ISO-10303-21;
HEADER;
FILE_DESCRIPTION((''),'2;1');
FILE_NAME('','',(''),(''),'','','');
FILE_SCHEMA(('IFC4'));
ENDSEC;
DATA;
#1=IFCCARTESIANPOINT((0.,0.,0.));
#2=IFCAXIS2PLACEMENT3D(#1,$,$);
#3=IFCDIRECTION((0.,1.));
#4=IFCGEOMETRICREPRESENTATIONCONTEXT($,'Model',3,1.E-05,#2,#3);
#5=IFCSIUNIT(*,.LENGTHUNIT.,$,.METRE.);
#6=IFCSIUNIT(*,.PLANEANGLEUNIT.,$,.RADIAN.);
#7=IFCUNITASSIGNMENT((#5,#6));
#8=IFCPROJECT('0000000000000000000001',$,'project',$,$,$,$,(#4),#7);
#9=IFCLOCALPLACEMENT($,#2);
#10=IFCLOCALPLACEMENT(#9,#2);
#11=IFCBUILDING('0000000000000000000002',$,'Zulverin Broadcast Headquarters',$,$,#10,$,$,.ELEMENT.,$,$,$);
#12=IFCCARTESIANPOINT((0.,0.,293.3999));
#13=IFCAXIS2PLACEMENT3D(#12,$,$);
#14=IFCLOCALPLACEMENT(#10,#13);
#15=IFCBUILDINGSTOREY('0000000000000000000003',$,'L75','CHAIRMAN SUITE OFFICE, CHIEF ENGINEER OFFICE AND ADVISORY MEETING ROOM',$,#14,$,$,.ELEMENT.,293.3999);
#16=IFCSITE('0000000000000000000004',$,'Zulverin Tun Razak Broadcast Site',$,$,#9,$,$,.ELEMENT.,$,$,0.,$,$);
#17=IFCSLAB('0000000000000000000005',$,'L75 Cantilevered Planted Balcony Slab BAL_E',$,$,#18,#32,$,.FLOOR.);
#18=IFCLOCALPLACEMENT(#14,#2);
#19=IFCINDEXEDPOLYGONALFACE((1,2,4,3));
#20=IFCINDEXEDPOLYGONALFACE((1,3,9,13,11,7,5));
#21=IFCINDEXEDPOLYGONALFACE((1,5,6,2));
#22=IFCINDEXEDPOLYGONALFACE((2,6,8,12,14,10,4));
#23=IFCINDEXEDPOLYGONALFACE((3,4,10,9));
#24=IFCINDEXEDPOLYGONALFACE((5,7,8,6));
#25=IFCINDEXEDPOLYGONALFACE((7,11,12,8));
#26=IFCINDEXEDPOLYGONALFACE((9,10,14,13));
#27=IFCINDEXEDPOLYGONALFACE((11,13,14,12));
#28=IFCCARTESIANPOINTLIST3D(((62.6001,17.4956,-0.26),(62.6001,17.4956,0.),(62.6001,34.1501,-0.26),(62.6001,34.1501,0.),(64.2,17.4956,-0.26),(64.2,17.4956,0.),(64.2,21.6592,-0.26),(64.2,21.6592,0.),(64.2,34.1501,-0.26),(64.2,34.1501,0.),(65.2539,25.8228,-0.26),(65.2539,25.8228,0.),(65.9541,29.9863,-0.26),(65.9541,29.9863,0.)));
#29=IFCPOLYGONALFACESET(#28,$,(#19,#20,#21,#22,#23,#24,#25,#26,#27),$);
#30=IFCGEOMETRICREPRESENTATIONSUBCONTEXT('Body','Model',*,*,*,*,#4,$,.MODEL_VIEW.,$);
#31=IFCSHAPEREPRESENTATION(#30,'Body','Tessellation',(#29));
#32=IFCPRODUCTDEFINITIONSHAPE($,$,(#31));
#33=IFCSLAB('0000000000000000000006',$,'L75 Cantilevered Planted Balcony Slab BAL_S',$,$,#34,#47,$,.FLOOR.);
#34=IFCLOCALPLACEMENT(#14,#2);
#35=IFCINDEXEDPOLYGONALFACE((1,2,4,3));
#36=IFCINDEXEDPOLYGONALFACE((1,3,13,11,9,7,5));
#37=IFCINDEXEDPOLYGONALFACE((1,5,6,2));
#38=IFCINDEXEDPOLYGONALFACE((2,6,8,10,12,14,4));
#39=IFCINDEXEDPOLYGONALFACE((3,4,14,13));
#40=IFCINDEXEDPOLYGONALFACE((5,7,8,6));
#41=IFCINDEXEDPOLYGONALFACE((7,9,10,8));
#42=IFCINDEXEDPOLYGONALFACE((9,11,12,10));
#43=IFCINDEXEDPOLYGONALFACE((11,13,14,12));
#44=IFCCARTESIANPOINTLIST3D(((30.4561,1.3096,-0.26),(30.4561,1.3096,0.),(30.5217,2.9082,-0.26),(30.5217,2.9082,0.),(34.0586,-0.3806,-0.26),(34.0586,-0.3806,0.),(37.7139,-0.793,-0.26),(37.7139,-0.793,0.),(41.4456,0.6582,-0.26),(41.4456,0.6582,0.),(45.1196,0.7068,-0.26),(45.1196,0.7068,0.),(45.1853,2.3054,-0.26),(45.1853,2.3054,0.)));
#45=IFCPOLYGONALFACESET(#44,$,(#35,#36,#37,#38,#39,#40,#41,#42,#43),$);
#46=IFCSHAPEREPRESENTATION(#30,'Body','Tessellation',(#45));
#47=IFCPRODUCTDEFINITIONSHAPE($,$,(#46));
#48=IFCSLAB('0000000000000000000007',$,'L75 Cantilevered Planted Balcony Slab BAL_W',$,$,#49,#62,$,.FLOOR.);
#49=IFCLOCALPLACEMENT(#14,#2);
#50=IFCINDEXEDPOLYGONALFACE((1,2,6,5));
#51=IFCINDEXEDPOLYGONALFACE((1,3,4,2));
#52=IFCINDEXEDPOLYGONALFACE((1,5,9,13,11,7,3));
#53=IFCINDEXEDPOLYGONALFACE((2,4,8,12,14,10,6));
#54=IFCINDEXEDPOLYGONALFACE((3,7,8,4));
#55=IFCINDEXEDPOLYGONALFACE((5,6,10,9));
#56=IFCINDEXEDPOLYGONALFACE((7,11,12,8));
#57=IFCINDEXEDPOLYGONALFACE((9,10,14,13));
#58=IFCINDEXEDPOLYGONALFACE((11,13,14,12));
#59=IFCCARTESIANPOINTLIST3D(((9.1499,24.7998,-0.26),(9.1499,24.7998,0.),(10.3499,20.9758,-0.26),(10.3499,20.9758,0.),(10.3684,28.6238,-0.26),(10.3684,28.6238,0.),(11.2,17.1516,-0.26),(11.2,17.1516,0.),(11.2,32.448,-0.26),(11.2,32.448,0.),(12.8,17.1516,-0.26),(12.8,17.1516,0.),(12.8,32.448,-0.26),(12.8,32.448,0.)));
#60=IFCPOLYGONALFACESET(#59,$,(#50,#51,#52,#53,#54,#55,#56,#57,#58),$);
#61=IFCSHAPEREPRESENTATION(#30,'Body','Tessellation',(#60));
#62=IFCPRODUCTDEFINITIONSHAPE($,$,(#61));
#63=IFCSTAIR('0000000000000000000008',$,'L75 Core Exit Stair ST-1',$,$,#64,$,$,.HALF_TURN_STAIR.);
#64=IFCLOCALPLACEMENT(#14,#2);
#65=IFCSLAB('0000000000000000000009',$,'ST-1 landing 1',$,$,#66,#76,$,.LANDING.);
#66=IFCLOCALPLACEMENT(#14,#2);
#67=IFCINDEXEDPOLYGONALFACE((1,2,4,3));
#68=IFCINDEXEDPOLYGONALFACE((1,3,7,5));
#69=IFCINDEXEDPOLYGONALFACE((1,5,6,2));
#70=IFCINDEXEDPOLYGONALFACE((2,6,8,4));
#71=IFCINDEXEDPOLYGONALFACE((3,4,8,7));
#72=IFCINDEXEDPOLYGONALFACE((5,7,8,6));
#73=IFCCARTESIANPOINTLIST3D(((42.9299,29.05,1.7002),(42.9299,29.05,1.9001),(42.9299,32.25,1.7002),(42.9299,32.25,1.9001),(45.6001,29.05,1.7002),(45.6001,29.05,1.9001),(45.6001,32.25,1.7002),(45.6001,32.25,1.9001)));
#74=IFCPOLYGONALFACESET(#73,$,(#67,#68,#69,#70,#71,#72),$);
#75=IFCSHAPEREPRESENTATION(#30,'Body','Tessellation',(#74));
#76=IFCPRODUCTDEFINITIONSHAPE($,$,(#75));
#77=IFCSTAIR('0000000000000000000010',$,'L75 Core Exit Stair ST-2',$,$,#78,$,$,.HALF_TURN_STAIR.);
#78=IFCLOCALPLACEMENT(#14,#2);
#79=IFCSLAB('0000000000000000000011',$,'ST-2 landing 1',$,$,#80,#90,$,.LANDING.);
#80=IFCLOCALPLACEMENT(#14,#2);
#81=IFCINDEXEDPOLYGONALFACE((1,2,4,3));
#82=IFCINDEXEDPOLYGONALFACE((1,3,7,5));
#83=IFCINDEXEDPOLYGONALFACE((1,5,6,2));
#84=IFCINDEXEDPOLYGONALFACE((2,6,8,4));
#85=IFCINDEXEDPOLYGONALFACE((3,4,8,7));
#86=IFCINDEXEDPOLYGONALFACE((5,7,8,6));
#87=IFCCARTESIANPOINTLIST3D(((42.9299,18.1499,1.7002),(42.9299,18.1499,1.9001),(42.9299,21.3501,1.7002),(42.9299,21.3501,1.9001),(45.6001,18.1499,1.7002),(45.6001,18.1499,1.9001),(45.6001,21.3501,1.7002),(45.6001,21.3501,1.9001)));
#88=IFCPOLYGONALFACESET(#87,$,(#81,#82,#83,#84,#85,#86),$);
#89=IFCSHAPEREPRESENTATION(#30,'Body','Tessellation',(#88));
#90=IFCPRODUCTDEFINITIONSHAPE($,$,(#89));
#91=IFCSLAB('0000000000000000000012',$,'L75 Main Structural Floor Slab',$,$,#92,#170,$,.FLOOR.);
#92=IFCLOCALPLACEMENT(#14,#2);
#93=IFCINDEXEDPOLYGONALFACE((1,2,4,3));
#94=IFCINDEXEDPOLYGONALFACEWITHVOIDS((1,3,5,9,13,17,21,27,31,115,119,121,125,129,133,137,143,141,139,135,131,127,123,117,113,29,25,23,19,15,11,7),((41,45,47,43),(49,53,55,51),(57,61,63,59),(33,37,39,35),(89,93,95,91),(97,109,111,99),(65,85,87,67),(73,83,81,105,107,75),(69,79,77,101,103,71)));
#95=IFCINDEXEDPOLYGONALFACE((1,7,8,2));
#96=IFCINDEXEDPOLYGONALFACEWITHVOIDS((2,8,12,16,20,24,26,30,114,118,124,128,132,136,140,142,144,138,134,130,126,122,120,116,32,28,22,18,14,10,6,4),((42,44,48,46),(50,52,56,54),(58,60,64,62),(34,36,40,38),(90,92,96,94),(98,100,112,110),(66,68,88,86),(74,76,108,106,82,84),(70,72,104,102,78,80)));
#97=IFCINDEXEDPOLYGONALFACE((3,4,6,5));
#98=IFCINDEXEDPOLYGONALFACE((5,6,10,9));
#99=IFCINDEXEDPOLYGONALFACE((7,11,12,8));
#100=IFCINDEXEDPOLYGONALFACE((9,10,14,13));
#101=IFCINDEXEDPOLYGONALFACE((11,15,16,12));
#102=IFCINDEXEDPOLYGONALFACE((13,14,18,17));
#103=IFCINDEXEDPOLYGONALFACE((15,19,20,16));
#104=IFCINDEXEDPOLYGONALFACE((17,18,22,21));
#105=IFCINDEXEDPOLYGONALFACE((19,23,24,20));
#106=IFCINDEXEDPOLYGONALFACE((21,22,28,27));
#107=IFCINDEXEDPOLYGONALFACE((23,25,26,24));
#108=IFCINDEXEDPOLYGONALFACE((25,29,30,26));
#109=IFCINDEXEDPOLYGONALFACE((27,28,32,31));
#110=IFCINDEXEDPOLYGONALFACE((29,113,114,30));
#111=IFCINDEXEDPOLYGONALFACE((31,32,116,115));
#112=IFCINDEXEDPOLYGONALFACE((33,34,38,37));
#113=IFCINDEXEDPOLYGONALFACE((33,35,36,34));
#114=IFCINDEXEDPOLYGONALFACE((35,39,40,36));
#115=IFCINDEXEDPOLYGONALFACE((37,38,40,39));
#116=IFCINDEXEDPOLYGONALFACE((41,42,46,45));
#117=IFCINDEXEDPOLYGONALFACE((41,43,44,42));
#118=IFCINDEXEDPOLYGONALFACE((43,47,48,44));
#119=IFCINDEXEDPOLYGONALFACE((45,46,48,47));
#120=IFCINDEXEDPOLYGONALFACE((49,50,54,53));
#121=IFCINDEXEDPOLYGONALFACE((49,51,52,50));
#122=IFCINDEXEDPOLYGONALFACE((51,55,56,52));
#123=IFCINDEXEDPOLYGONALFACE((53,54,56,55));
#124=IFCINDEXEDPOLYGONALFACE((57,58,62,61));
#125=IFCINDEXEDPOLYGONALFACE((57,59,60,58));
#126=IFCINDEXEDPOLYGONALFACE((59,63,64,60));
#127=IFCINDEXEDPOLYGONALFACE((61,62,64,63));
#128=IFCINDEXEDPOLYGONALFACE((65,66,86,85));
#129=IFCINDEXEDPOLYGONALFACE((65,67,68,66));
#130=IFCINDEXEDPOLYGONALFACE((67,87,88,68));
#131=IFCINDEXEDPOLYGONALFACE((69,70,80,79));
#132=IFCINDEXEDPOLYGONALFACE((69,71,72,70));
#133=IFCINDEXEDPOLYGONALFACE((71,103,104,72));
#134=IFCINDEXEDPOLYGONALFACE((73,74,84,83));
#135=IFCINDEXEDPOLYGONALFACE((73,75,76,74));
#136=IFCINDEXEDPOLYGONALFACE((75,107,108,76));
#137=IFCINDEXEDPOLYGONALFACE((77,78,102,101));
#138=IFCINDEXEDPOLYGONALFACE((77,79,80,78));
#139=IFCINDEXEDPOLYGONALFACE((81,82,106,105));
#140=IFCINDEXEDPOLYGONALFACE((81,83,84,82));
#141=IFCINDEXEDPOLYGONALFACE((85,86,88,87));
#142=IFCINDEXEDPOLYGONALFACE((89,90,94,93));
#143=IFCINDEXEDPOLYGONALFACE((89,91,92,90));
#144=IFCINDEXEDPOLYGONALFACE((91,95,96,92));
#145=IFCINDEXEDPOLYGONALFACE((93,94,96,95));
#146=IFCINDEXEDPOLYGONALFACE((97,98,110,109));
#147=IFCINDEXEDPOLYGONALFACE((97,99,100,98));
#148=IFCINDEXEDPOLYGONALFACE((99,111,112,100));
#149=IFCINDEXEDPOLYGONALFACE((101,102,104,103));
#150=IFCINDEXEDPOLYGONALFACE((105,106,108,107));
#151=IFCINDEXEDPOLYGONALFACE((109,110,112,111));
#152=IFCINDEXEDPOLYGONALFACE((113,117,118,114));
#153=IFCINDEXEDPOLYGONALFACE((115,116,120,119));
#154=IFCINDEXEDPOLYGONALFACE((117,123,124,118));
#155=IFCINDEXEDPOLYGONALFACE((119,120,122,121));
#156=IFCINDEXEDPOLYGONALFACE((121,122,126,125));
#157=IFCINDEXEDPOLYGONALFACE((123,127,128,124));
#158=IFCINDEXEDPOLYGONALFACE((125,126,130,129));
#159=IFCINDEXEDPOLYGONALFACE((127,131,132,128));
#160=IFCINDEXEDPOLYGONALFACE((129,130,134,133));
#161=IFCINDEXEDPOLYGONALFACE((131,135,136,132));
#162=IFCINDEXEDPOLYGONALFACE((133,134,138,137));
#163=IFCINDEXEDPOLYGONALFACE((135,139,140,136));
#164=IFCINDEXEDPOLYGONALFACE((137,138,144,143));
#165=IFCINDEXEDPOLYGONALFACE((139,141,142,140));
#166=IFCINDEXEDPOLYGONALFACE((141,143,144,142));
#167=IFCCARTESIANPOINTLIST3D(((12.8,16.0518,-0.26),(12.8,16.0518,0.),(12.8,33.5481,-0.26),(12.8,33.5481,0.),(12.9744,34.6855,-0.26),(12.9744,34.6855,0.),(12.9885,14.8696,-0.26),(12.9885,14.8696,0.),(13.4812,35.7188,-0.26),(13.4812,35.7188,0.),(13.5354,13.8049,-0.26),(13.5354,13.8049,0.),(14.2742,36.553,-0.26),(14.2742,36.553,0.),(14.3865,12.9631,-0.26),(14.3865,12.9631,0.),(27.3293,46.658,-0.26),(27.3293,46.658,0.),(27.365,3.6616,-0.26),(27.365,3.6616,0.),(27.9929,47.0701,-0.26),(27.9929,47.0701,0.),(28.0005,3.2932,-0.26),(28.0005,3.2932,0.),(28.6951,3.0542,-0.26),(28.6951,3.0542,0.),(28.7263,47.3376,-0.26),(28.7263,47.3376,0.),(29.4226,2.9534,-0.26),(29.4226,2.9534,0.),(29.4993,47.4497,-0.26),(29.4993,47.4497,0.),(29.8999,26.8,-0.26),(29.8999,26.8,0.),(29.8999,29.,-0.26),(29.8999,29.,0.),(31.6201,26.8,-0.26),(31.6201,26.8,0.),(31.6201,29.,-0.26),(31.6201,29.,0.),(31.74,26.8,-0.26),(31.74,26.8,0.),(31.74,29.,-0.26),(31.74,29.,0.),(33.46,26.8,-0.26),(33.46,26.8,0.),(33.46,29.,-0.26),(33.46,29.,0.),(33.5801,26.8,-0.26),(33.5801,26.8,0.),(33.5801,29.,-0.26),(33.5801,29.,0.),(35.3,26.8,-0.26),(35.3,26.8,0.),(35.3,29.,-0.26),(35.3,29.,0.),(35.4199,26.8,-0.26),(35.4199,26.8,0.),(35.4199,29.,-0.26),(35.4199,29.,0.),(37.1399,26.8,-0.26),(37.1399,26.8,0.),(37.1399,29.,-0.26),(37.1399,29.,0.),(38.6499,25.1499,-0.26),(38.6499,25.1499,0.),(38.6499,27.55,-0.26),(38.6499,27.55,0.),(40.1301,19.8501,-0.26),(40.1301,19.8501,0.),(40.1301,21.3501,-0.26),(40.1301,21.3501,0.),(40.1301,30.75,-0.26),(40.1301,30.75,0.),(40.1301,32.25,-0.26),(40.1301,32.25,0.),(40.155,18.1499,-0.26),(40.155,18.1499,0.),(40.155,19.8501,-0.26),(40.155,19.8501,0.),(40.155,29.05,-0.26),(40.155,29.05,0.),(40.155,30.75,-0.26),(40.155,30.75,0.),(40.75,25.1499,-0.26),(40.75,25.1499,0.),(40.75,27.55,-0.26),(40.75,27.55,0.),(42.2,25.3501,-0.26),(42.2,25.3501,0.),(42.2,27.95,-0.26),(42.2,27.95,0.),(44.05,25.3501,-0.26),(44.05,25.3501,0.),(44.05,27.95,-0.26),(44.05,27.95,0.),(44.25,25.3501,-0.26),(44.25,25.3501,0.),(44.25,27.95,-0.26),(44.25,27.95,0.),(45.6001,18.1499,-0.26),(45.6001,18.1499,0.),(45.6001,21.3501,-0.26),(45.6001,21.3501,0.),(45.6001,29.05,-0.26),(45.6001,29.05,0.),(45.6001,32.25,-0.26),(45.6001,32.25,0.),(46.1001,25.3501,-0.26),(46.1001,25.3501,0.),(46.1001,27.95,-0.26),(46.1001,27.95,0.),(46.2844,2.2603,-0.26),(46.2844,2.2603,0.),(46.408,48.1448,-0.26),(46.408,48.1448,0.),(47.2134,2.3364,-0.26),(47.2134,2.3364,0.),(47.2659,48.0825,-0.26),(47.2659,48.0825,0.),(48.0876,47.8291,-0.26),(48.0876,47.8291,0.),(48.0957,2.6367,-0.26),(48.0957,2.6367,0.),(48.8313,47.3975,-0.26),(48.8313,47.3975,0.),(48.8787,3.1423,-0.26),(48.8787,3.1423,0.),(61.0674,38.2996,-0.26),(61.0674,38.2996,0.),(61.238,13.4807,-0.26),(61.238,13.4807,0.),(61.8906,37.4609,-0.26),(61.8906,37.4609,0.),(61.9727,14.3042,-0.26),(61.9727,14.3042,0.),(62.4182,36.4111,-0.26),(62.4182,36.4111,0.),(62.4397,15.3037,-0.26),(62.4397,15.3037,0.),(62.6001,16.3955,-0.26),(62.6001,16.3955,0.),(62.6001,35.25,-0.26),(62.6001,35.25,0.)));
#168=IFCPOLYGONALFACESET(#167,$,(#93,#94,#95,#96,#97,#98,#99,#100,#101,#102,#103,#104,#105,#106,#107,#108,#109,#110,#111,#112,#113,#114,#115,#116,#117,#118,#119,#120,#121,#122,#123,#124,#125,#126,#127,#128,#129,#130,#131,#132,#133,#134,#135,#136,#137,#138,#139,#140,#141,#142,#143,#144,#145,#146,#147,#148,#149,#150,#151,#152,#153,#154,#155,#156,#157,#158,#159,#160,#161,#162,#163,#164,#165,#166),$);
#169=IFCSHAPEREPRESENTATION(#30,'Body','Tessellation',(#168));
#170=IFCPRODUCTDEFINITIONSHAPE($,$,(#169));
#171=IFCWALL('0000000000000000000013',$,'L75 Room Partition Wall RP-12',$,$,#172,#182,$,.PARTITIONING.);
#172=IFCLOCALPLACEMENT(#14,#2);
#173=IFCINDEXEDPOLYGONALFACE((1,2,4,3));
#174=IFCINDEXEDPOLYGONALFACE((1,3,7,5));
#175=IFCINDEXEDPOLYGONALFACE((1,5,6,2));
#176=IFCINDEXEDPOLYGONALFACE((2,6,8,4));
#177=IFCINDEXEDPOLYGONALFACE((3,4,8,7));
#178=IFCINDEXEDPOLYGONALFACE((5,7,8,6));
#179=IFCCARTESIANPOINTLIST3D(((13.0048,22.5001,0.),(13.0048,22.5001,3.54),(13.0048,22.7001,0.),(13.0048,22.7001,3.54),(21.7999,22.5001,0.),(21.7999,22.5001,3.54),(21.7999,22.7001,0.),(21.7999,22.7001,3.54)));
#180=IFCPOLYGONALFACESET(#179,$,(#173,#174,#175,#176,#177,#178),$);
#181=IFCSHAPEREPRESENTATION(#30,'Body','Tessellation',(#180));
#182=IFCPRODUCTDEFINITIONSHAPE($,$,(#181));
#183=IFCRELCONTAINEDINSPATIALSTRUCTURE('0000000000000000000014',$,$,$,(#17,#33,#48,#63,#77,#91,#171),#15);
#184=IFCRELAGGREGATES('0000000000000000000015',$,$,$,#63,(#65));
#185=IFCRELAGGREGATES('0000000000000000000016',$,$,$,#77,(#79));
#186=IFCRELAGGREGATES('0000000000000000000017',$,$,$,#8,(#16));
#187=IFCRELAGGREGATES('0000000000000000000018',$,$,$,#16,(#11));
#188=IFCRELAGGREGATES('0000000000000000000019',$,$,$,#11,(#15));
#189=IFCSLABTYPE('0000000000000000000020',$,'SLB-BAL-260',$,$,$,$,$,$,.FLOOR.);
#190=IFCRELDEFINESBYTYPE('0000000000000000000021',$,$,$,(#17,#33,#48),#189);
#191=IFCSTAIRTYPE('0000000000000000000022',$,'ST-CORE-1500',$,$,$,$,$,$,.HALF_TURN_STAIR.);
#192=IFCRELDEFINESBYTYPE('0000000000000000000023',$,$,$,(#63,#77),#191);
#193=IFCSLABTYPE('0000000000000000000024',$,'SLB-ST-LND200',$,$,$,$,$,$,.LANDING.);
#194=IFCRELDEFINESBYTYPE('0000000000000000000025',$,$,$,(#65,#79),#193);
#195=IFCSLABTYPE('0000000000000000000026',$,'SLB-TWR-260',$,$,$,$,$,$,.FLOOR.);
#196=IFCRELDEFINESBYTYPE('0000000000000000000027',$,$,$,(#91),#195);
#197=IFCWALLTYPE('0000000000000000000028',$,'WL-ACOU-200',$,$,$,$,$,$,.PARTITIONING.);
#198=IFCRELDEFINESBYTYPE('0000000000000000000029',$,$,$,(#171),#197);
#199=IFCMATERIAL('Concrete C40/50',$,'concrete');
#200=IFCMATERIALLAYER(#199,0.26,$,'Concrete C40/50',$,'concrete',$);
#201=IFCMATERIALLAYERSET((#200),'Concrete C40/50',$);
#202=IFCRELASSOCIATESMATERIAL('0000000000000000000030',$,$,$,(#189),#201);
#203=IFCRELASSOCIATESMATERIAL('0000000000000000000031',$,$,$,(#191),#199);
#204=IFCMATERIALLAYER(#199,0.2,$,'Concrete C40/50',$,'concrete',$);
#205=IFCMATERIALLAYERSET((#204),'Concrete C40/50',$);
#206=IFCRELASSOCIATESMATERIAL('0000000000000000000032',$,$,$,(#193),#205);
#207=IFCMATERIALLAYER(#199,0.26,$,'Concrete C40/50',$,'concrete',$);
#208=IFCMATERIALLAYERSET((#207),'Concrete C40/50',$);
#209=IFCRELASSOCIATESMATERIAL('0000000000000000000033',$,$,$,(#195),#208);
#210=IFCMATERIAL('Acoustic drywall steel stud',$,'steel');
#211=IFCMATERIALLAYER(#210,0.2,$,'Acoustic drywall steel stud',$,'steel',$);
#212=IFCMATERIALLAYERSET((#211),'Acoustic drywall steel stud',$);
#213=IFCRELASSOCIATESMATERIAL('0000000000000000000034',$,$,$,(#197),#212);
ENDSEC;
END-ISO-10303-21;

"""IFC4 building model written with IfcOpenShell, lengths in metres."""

from ifc_helpers import new_model, si_unit, direction, frame, frame_2d, origin, place, context, subcontext, project, spatial, polyline, rectangle, outline, extrude, material, layer, layer_set, type_object, element, aggregate, save


model = new_model("IFC4")

# Units and contexts
model_context = context("Model", 3, precision=1e-05, world=origin(), true_north=direction((0.0, 1.0)))
body_context = subcontext(model_context, "Body", "Model", "MODEL_VIEW")
ifc_project = project(units=[si_unit("LENGTHUNIT", "METRE"), si_unit("PLANEANGLEUNIT", "RADIAN")], contexts=[model_context])

# Site, building, storey
site_placement = place(None, origin())
site = spatial("IfcSite", under=ifc_project, at=site_placement, Name="Zulverin Tun Razak Broadcast Site", CompositionType="ELEMENT", RefElevation=0.0)
building_placement = place(site_placement, origin())
building = spatial("IfcBuilding", under=site, at=building_placement, Name="Zulverin Broadcast Headquarters", CompositionType="ELEMENT")
storey_placement = place(building_placement, frame((0.0, 0.0, 293.3999)))
storey = spatial("IfcBuildingStorey", under=building, at=storey_placement, Name="L75", Description="CHAIRMAN SUITE OFFICE, CHIEF ENGINEER OFFICE AND ADVISORY MEETING ROOM", CompositionType="ELEMENT", Elevation=293.3999)

# Slabs
ifc_material_1 = material(Name="Concrete C40/50", Category="concrete")
ifc_layer_1 = layer(ifc_material_1, 0.26, Name="Concrete C40/50", Category="concrete")
ifc_layer_set_1 = layer_set([ifc_layer_1], Name="Concrete C40/50")
slab_type_1 = type_object("IfcSlabType", Name="SLB-BAL-260", PredefinedType="FLOOR", material=ifc_layer_set_1)
slab_1_placement = place(storey_placement, frame((0.0, 0.0, -0.26)))
element("IfcSlab", 1, at=slab_1_placement, inside=storey, type_object=slab_type_1, Name="L75 Cantilevered Planted Balcony Slab BAL_E", PredefinedType="FLOOR", context=body_context, shape_type="SweptSolid", body=[
    extrude(outline(polyline([(62.6001, 34.1501), (62.6001, 17.4956), (64.2, 17.4956), (64.2, 21.6592), (65.2539, 25.8228), (65.9541, 29.9863), (64.2, 34.1501), (62.6001, 34.1501)])), origin(), (0.0, 0.0, 1.0), 0.26),
])
slab_2_placement = place(storey_placement, frame((0.0, 0.0, -0.26)))
element("IfcSlab", 2, at=slab_2_placement, inside=storey, type_object=slab_type_1, Name="L75 Cantilevered Planted Balcony Slab BAL_S", PredefinedType="FLOOR", context=body_context, shape_type="SweptSolid", body=[
    extrude(outline(polyline([(45.1853, 2.3054), (30.5217, 2.9082), (30.4561, 1.3096), (34.0586, -0.3806), (37.7139, -0.793), (41.4456, 0.6582), (45.1196, 0.7068), (45.1853, 2.3054)])), origin(), (0.0, 0.0, 1.0), 0.26),
])
slab_3_placement = place(storey_placement, frame((0.0, 0.0, -0.26)))
element("IfcSlab", 3, at=slab_3_placement, inside=storey, type_object=slab_type_1, Name="L75 Cantilevered Planted Balcony Slab BAL_W", PredefinedType="FLOOR", context=body_context, shape_type="SweptSolid", body=[
    extrude(outline(polyline([(12.8, 17.1516), (12.8, 32.448), (11.2, 32.448), (10.3684, 28.6238), (9.1499, 24.7998), (10.3499, 20.9758), (11.2, 17.1516), (12.8, 17.1516)])), origin(), (0.0, 0.0, 1.0), 0.26),
])

# Stairs, slabs
stair_type = type_object("IfcStairType", Name="ST-CORE-1500", PredefinedType="HALF_TURN_STAIR", material=ifc_material_1)
stair_1_placement = place(storey_placement, origin())
stair_1 = element("IfcStair", 4, at=stair_1_placement, inside=storey, type_object=stair_type, Name="L75 Core Exit Stair ST-1", PredefinedType="HALF_TURN_STAIR")
ifc_layer_2 = layer(ifc_material_1, 0.2, Name="Concrete C40/50", Category="concrete")
ifc_layer_set_2 = layer_set([ifc_layer_2], Name="Concrete C40/50")
slab_type_2 = type_object("IfcSlabType", Name="SLB-ST-LND200", PredefinedType="LANDING", material=ifc_layer_set_2)
slab_4_placement = place(storey_placement, frame((0.0, 0.0, 1.7002)))
slab_4 = element("IfcSlab", 5, at=slab_4_placement, type_object=slab_type_2, Name="ST-1 landing 1", PredefinedType="LANDING", context=body_context, shape_type="SweptSolid", body=[
    extrude(outline(polyline([(42.9299, 29.05), (45.6001, 29.05), (45.6001, 32.25), (42.9299, 32.25), (42.9299, 29.05)])), origin(), (0.0, 0.0, 1.0), 0.2),
])
aggregate(stair_1, [slab_4])
stair_2_placement = place(storey_placement, origin())
stair_2 = element("IfcStair", 6, at=stair_2_placement, inside=storey, type_object=stair_type, Name="L75 Core Exit Stair ST-2", PredefinedType="HALF_TURN_STAIR")
slab_5_placement = place(storey_placement, frame((0.0, 0.0, 1.7002)))
slab_5 = element("IfcSlab", 7, at=slab_5_placement, type_object=slab_type_2, Name="ST-2 landing 1", PredefinedType="LANDING", context=body_context, shape_type="SweptSolid", body=[
    extrude(outline(polyline([(42.9299, 18.1499), (45.6001, 18.1499), (45.6001, 21.3501), (42.9299, 21.3501), (42.9299, 18.1499)])), origin(), (0.0, 0.0, 1.0), 0.2),
])
aggregate(stair_2, [slab_5])

# Slab
ifc_layer_3 = layer(ifc_material_1, 0.26, Name="Concrete C40/50", Category="concrete")
ifc_layer_set_3 = layer_set([ifc_layer_3], Name="Concrete C40/50")
slab_type_3 = type_object("IfcSlabType", Name="SLB-TWR-260", PredefinedType="FLOOR", material=ifc_layer_set_3)
slab_6_placement = place(storey_placement, frame((0.0, 0.0, -0.26)))
element("IfcSlab", 8, at=slab_6_placement, inside=storey, type_object=slab_type_3, Name="L75 Main Structural Floor Slab", PredefinedType="FLOOR", context=body_context, shape_type="SweptSolid", body=[
    extrude(outline(polyline([(27.365, 3.6616), (28.0005, 3.2932), (28.6951, 3.0542), (29.4226, 2.9534), (46.2844, 2.2603), (47.2134, 2.3364), (48.0957, 2.6367), (48.8787, 3.1423), (61.238, 13.4807), (61.9727, 14.3042), (62.4397, 15.3037), (62.6001, 16.3955), (62.6001, 35.25), (62.4182, 36.4111), (61.8906, 37.4609), (61.0674, 38.2996), (48.8313, 47.3975), (48.0876, 47.8291), (47.2659, 48.0825), (46.408, 48.1448), (29.4993, 47.4497), (28.7263, 47.3376), (27.9929, 47.0701), (27.3293, 46.658), (14.2742, 36.553), (13.4812, 35.7188), (12.9744, 34.6855), (12.8, 33.5481), (12.8, 16.0518), (12.9885, 14.8696), (13.5354, 13.8049), (14.3865, 12.9631), (27.365, 3.6616)]), holes=[polyline([(40.155, 30.75), (40.1301, 30.75), (40.1301, 32.25), (45.6001, 32.25), (45.6001, 29.05), (40.155, 29.05), (40.155, 30.75)]), polyline([(40.155, 19.8501), (40.1301, 19.8501), (40.1301, 21.3501), (45.6001, 21.3501), (45.6001, 18.1499), (40.155, 18.1499), (40.155, 19.8501)]), polyline([(29.8999, 26.8), (31.6201, 26.8), (31.6201, 29.0), (29.8999, 29.0), (29.8999, 26.8)]), polyline([(31.74, 26.8), (33.46, 26.8), (33.46, 29.0), (31.74, 29.0), (31.74, 26.8)]), polyline([(33.5801, 26.8), (35.3, 26.8), (35.3, 29.0), (33.5801, 29.0), (33.5801, 26.8)]), polyline([(35.4199, 26.8), (37.1399, 26.8), (37.1399, 29.0), (35.4199, 29.0), (35.4199, 26.8)]), polyline([(42.2, 25.3501), (44.05, 25.3501), (44.05, 27.95), (42.2, 27.95), (42.2, 25.3501)]), polyline([(44.25, 25.3501), (46.1001, 25.3501), (46.1001, 27.95), (44.25, 27.95), (44.25, 25.3501)]), polyline([(38.6499, 25.1499), (40.75, 25.1499), (40.75, 27.55), (38.6499, 27.55), (38.6499, 25.1499)])]), origin(), (0.0, 0.0, 1.0), 0.26),
])

# Wall
ifc_material_2 = material(Name="Acoustic drywall steel stud", Category="steel")
ifc_layer_4 = layer(ifc_material_2, 0.2, Name="Acoustic drywall steel stud", Category="steel")
ifc_layer_set_4 = layer_set([ifc_layer_4], Name="Acoustic drywall steel stud")
wall_type_1 = type_object("IfcWallType", Name="WL-ACOU-200", PredefinedType="PARTITIONING", material=ifc_layer_set_4)
wall_1_placement = place(storey_placement, frame((13.0049, 22.6001, 0.0), z_axis=(0.0, 0.0, 1.0), x_axis=(1.0, 0.0, 0.0)))
element("IfcWall", 9, at=wall_1_placement, inside=storey, type_object=wall_type_1, Name="L75 Room Partition Wall RP-12", PredefinedType="PARTITIONING", context=body_context, shape_type="SweptSolid", body=[
    extrude(rectangle(XDim=8.7952, YDim=0.2, at=frame_2d((4.3975, 0.0))), origin(), (0.0, 0.0, 1.0), 3.54),
])

save(model, "model.ifc")
